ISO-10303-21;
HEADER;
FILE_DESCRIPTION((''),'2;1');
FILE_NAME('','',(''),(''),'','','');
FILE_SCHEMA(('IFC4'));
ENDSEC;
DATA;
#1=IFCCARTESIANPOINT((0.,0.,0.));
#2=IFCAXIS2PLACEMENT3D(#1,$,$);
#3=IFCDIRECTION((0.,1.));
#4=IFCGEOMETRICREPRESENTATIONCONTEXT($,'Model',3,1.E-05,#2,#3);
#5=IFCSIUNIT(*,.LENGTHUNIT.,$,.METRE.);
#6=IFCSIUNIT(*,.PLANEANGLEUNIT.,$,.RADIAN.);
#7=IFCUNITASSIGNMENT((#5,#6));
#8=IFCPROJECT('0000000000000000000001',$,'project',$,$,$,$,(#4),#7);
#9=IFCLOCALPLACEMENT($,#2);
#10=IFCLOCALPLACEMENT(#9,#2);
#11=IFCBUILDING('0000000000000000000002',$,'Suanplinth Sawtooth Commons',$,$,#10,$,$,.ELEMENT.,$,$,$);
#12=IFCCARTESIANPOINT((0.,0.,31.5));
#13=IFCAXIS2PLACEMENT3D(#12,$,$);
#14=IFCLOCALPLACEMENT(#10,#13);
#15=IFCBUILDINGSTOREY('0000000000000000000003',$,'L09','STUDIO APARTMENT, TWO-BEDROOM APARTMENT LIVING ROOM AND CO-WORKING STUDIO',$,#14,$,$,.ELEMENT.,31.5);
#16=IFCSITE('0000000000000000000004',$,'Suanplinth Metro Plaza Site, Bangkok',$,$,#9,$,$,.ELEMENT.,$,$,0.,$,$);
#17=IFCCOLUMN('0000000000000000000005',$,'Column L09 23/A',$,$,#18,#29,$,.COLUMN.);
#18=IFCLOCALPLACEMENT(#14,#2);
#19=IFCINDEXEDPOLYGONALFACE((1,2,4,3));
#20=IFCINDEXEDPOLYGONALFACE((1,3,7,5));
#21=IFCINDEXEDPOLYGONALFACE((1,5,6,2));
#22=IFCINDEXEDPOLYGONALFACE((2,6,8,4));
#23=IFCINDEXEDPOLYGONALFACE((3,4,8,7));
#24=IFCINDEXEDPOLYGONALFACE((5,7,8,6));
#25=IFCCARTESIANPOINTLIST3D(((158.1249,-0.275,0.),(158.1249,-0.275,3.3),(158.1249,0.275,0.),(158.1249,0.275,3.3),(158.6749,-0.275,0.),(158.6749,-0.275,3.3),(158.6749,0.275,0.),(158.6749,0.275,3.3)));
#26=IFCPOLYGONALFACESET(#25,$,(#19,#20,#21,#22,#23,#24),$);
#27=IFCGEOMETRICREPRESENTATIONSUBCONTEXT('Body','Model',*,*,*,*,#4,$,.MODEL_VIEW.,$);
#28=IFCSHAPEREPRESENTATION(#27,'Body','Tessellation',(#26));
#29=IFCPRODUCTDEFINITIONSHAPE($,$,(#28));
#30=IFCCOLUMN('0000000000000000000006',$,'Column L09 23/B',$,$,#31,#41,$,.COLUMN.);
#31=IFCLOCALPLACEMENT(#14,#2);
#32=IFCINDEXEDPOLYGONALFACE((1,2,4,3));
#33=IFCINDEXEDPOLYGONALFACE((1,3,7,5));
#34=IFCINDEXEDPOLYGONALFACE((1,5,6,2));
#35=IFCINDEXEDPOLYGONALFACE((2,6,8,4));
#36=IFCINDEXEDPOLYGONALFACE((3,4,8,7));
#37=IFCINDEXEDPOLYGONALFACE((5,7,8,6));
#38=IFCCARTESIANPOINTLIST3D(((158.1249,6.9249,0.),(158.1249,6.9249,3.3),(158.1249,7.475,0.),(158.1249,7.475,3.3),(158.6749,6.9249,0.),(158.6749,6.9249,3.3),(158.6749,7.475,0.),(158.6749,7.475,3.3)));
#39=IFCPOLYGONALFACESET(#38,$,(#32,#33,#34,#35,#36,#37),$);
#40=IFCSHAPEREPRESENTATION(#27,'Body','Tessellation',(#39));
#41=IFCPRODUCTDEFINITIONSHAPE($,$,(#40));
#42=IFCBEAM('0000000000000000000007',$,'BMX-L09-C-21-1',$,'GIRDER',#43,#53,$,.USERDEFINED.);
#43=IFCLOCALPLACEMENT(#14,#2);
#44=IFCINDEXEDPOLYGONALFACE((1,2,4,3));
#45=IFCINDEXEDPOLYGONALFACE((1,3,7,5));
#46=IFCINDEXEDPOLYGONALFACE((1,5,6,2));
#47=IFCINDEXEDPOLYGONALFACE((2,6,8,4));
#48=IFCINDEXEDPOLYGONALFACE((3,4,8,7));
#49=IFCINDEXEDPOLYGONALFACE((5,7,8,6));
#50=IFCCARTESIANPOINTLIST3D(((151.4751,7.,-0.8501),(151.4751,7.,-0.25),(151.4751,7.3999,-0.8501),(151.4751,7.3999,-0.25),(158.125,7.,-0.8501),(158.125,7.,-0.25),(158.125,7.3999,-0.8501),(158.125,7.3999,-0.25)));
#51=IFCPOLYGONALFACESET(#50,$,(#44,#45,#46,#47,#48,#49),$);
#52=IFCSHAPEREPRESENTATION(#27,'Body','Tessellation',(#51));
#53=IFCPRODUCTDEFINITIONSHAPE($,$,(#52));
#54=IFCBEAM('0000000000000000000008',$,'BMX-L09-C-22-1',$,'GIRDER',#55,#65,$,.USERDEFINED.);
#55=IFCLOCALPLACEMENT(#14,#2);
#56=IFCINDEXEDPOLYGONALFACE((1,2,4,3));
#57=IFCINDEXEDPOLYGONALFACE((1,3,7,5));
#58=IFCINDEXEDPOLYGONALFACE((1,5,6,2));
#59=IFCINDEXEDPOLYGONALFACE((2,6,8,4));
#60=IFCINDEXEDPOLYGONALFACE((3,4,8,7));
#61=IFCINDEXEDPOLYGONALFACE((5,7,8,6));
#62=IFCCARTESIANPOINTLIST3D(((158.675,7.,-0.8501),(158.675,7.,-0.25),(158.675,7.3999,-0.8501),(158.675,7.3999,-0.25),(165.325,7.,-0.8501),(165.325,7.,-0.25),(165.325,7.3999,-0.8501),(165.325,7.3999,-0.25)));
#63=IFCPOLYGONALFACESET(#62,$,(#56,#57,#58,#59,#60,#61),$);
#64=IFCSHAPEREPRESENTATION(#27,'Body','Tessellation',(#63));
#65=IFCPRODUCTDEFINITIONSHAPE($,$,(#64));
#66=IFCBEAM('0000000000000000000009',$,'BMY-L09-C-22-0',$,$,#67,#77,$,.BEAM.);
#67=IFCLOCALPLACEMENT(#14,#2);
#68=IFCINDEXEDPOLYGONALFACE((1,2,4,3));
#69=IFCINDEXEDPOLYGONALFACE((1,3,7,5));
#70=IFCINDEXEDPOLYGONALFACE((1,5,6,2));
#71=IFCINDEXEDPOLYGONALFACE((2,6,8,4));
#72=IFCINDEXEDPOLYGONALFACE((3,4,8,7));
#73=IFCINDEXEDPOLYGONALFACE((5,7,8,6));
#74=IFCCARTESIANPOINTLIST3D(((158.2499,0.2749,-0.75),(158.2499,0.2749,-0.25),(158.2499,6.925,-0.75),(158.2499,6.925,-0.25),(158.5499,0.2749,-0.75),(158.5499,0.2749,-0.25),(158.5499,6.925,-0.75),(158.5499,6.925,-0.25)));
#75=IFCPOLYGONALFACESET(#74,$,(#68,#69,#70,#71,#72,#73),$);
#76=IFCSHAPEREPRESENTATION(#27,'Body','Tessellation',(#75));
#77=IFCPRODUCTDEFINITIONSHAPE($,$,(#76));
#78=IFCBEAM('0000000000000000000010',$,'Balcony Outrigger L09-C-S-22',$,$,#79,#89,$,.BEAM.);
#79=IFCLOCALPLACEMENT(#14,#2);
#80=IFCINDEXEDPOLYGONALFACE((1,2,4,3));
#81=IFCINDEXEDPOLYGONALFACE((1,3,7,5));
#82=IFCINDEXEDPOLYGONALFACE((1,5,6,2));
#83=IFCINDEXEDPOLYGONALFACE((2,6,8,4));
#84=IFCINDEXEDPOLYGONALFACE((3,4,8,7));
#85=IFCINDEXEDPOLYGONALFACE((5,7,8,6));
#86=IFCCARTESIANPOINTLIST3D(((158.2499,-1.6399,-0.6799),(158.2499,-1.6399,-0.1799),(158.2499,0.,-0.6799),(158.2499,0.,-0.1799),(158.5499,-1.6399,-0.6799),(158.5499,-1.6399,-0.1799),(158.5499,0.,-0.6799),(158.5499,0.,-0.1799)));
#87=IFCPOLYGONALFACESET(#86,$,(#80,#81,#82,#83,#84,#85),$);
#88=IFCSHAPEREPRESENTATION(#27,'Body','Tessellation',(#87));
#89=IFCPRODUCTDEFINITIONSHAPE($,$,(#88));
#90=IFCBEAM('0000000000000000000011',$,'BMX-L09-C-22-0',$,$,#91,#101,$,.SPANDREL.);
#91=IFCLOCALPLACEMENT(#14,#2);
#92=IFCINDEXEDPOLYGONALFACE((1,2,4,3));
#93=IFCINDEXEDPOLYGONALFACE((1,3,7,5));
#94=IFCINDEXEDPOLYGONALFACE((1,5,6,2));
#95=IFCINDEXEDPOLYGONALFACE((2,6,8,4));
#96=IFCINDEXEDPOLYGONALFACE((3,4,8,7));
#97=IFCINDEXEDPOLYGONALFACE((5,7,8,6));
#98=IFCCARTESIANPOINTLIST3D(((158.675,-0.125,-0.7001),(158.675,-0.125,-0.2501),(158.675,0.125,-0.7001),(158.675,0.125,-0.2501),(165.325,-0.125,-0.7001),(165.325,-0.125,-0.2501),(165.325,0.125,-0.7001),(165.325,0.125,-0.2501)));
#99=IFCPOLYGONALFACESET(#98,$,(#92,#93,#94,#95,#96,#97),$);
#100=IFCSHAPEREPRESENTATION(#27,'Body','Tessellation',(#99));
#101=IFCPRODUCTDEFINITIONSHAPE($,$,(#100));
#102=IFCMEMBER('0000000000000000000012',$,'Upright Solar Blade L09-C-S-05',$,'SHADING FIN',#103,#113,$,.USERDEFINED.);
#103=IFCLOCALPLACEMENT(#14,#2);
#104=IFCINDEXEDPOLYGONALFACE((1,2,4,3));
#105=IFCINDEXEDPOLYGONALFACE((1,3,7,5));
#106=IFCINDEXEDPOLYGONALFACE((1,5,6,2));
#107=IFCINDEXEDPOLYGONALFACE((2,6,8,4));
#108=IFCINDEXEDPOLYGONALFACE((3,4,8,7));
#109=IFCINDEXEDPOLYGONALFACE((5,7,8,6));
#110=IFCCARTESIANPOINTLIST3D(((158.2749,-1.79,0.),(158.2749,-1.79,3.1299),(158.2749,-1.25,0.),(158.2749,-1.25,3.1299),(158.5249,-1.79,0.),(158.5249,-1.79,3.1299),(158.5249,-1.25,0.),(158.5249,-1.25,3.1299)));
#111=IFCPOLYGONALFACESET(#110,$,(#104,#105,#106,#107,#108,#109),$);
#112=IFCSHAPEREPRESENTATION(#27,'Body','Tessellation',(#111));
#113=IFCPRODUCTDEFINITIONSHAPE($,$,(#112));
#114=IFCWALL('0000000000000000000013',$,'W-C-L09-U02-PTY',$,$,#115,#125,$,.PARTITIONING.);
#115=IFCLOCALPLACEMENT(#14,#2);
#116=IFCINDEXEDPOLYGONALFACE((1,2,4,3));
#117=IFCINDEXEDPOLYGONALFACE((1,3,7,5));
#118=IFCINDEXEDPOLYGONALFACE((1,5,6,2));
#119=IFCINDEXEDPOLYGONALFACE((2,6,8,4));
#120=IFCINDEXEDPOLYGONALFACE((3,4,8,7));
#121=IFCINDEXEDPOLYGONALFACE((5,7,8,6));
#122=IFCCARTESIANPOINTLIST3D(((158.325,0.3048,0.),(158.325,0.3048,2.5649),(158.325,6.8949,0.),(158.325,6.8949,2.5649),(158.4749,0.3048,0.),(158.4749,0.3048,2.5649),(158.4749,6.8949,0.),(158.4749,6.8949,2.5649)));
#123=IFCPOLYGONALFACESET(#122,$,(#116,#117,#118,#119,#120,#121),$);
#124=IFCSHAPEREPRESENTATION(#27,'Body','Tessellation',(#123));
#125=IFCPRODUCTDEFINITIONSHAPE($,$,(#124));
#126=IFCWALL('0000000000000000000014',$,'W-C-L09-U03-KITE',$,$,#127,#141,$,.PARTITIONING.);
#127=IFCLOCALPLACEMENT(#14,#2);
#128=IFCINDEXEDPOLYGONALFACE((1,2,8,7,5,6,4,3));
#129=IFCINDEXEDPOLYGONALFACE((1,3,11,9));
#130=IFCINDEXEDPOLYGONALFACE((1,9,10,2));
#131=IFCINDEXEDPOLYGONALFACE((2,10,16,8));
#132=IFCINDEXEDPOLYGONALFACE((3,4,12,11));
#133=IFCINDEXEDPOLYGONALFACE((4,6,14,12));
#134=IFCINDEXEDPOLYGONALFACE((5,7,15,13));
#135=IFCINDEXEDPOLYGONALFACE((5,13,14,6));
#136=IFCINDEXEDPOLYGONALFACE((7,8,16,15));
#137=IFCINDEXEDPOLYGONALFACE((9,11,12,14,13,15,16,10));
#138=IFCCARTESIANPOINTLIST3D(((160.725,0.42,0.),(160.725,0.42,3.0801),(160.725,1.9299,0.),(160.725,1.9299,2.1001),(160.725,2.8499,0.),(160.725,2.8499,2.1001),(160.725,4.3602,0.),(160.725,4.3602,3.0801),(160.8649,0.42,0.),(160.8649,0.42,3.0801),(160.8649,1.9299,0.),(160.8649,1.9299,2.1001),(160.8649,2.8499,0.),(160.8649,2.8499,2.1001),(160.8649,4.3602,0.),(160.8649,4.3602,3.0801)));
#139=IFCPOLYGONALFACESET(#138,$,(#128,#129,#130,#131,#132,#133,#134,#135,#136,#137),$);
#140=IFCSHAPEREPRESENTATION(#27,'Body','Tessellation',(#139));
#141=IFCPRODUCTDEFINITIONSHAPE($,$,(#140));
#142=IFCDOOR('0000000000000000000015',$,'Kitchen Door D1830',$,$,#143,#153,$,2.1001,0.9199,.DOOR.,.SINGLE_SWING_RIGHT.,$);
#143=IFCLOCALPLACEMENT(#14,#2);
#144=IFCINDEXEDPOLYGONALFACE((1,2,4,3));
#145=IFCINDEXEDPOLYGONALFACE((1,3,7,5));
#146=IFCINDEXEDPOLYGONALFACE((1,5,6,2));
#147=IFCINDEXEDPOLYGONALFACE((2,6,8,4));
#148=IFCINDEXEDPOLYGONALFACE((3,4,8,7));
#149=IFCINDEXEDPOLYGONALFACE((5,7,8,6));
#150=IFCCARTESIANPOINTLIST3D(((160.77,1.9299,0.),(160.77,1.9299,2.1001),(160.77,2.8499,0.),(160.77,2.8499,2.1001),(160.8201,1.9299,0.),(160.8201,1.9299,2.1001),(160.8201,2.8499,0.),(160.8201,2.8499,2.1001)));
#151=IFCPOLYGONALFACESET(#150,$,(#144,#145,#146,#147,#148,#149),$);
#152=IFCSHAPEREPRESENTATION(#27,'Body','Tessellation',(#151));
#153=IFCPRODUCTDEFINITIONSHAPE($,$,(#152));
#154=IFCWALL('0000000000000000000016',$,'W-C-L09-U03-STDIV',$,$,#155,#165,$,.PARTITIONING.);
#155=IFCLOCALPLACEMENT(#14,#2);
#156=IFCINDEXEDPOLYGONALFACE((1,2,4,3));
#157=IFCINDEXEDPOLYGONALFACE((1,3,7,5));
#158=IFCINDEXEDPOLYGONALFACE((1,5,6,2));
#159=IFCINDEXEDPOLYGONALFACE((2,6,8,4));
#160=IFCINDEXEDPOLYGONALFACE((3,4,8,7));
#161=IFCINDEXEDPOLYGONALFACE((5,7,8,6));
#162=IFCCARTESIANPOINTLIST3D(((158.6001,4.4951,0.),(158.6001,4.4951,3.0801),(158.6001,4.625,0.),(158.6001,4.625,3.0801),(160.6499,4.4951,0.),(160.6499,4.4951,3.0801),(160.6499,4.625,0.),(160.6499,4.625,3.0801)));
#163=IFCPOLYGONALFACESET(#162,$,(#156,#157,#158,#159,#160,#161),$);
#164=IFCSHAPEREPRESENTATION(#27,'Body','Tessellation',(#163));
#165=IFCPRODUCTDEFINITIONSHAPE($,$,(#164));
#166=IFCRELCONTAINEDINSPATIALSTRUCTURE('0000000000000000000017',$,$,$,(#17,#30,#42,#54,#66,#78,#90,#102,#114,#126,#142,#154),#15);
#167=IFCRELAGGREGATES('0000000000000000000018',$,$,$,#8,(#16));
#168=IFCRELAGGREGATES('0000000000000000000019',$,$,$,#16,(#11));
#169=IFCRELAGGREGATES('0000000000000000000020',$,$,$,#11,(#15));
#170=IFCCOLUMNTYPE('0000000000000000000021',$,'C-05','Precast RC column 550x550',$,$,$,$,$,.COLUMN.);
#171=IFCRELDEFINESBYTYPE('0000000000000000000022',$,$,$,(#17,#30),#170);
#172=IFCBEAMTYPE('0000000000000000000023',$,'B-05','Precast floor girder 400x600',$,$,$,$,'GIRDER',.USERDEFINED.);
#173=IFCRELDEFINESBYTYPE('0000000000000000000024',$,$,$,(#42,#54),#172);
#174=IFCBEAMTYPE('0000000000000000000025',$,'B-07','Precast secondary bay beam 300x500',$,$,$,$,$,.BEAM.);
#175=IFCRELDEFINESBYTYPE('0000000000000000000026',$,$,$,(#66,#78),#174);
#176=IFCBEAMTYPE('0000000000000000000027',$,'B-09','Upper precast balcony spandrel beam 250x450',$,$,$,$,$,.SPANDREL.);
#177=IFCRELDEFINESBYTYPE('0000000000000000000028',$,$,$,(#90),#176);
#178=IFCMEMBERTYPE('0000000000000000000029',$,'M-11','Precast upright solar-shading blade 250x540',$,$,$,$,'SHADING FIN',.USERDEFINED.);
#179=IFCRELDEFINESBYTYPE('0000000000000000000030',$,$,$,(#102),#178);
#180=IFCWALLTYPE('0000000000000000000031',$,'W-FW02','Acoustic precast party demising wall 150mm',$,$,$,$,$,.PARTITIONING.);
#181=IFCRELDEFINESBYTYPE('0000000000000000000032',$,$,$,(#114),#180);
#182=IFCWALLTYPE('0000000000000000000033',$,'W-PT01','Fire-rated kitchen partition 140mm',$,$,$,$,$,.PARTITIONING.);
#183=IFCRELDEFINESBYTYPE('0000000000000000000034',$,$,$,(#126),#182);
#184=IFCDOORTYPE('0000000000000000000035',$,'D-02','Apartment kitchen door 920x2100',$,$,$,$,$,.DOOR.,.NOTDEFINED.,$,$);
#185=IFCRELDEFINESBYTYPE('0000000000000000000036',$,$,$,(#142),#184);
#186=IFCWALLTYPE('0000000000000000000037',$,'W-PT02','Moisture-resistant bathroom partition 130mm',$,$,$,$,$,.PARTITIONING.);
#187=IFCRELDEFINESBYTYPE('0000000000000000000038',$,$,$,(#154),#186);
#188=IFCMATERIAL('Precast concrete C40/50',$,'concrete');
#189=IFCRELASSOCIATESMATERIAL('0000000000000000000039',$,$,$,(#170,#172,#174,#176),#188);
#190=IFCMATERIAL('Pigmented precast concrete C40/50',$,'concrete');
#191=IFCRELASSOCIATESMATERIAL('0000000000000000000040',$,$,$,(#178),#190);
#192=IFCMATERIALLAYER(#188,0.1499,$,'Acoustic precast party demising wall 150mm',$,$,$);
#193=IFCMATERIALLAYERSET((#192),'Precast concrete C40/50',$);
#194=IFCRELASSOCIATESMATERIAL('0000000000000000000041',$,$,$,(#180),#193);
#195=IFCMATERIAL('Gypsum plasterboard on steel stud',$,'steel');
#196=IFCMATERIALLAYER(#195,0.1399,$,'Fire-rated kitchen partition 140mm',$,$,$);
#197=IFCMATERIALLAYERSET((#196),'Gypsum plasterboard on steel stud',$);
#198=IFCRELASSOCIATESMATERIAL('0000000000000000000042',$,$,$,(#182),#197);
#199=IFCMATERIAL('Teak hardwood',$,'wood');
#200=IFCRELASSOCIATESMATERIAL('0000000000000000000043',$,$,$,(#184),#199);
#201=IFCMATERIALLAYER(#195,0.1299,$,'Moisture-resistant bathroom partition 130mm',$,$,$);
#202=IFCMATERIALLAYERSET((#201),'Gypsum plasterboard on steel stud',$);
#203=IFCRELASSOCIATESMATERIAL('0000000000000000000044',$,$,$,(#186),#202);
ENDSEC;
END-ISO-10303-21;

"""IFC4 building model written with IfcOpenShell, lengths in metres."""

from ifc_helpers import new_model, si_unit, direction, frame, frame_2d, origin, origin_2d, place, context, subcontext, project, spatial, rectangle, extrude, material, layer, layer_set, material_profile, profile_set, type_object, element, fill, save


model = new_model("IFC4")

# Units and contexts
model_context = context("Model", 3, precision=1e-05, world=origin(), true_north=direction((0.0, 1.0)))
body_context = subcontext(model_context, "Body", "Model", "MODEL_VIEW")
ifc_project = project(units=[si_unit("LENGTHUNIT", "METRE"), si_unit("PLANEANGLEUNIT", "RADIAN")], contexts=[model_context])

# Site, building, storey
site_placement = place(None, origin())
site = spatial("IfcSite", under=ifc_project, at=site_placement, Name="Suanplinth Metro Plaza Site, Bangkok", CompositionType="ELEMENT", RefElevation=0.0)
building_placement = place(site_placement, origin())
building = spatial("IfcBuilding", under=site, at=building_placement, Name="Suanplinth Sawtooth Commons", CompositionType="ELEMENT")
storey_placement = place(building_placement, frame((0.0, 0.0, 31.5)))
storey = spatial("IfcBuildingStorey", under=building, at=storey_placement, Name="L09", Description="STUDIO APARTMENT, TWO-BEDROOM APARTMENT LIVING ROOM AND CO-WORKING STUDIO", CompositionType="ELEMENT", Elevation=31.5)

# Columns
ifc_material_1 = material(Name="Precast concrete C40/50", Category="concrete")
ifc_material_profile_1 = material_profile(ifc_material_1, rectangle(XDim=0.55, YDim=0.55, at=origin_2d()), Name="PC-COL 550x550")
ifc_profile_set_1 = profile_set([ifc_material_profile_1], Name="Precast concrete C40/50")
column_type = type_object("IfcColumnType", Name="C-05", Description="Precast RC column 550x550", PredefinedType="COLUMN", material=ifc_profile_set_1)
for number, where, z_axis, x_axis, name in (
    (1, (158.3999, 0.0, 0.0), (0.0, 0.0, 1.0), (1.0, 0.0, 0.0), "Column L09 23/A"),
    (2, (158.3999, 7.2, 0.0), (0.0, 0.0, 1.0), (1.0, 0.0, 0.0), "Column L09 23/B"),
):
    element("IfcColumn", number, at=place(storey_placement, frame(where, z_axis=z_axis, x_axis=x_axis)), inside=storey, type_object=column_type, Name=name, PredefinedType="COLUMN", context=body_context, shape_type="SweptSolid", body=[
        extrude(rectangle(XDim=0.55, YDim=0.55, at=origin_2d()), origin(), (0.0, 0.0, 1.0), 3.3),
    ])

# Beams
ifc_material_profile_2 = material_profile(ifc_material_1, rectangle(XDim=0.3999, YDim=0.6001, at=origin_2d()), Name="PC-GDR 400x600")
ifc_profile_set_2 = profile_set([ifc_material_profile_2], Name="Precast concrete C40/50")
beam_type_1 = type_object("IfcBeamType", Name="B-05", Description="Precast floor girder 400x600", ElementType="GIRDER", PredefinedType="USERDEFINED", material=ifc_profile_set_2)
for number, where, z_axis, x_axis, name in (
    (3, (151.4751, 7.2, -0.55), (1.0, 0.0, 0.0), (0.0, 1.0, 0.0), "BMX-L09-C-21-1"),
    (4, (158.675, 7.2, -0.55), (1.0, 0.0, 0.0), (0.0, 1.0, 0.0), "BMX-L09-C-22-1"),
):
    element("IfcBeam", number, at=place(storey_placement, frame(where, z_axis=z_axis, x_axis=x_axis)), inside=storey, type_object=beam_type_1, Name=name, ObjectType="GIRDER", PredefinedType="USERDEFINED", context=body_context, shape_type="SweptSolid", body=[
        extrude(rectangle(XDim=0.3999, YDim=0.6001, at=origin_2d()), origin(), (0.0, 0.0, 1.0), 6.6499),
    ])
ifc_material_profile_3 = material_profile(ifc_material_1, rectangle(XDim=0.3, YDim=0.5, at=origin_2d()), Name="PC-BM 300x500")
ifc_profile_set_3 = profile_set([ifc_material_profile_3], Name="Precast concrete C40/50")
beam_type_2 = type_object("IfcBeamType", Name="B-07", Description="Precast secondary bay beam 300x500", PredefinedType="BEAM", material=ifc_profile_set_3)
beam_1_placement = place(storey_placement, frame((158.3999, 0.2749, -0.5), z_axis=(0.0, 1.0, 0.0), x_axis=(-1.0, 0.0, 0.0)))
element("IfcBeam", 5, at=beam_1_placement, inside=storey, type_object=beam_type_2, Name="BMY-L09-C-22-0", PredefinedType="BEAM", context=body_context, shape_type="SweptSolid", body=[
    extrude(rectangle(XDim=0.3, YDim=0.5, at=origin_2d()), origin(), (0.0, 0.0, 1.0), 6.6501),
])
beam_2_placement = place(storey_placement, frame((158.3999, 0.0, -0.4299), z_axis=(0.0, -1.0, 0.0), x_axis=(1.0, 0.0, 0.0)))
element("IfcBeam", 6, at=beam_2_placement, inside=storey, type_object=beam_type_2, Name="Balcony Outrigger L09-C-S-22", PredefinedType="BEAM", context=body_context, shape_type="SweptSolid", body=[
    extrude(rectangle(XDim=0.3, YDim=0.5, at=origin_2d()), origin(), (0.0, 0.0, 1.0), 1.6399),
])
ifc_material_profile_4 = material_profile(ifc_material_1, rectangle(XDim=0.25, YDim=0.45, at=origin_2d()), Name="PC-SP 250x450")
ifc_profile_set_4 = profile_set([ifc_material_profile_4], Name="Precast concrete C40/50")
beam_type_3 = type_object("IfcBeamType", Name="B-09", Description="Upper precast balcony spandrel beam 250x450", PredefinedType="SPANDREL", material=ifc_profile_set_4)
beam_3_placement = place(storey_placement, frame((158.675, 0.0, -0.4751), z_axis=(1.0, 0.0, 0.0), x_axis=(0.0, 1.0, 0.0)))
element("IfcBeam", 7, at=beam_3_placement, inside=storey, type_object=beam_type_3, Name="BMX-L09-C-22-0", PredefinedType="SPANDREL", context=body_context, shape_type="SweptSolid", body=[
    extrude(rectangle(XDim=0.25, YDim=0.45, at=origin_2d()), origin(), (0.0, 0.0, 1.0), 6.6499),
])

# Member
ifc_material_2 = material(Name="Pigmented precast concrete C40/50", Category="concrete")
ifc_material_profile_5 = material_profile(ifc_material_2, rectangle(XDim=0.25, YDim=0.54, at=origin_2d()), Name="PC-FIN 250x540")
ifc_profile_set_5 = profile_set([ifc_material_profile_5], Name="Pigmented precast concrete C40/50")
member_type = type_object("IfcMemberType", Name="M-11", Description="Precast upright solar-shading blade 250x540", ElementType="SHADING FIN", PredefinedType="USERDEFINED", material=ifc_profile_set_5)
member_placement = place(storey_placement, frame((158.3999, -1.52, 0.0), z_axis=(0.0, 0.0, 1.0), x_axis=(1.0, 0.0, 0.0)))
element("IfcMember", 8, at=member_placement, inside=storey, type_object=member_type, Name="Upright Solar Blade L09-C-S-05", ObjectType="SHADING FIN", PredefinedType="USERDEFINED", context=body_context, shape_type="SweptSolid", body=[
    extrude(rectangle(XDim=0.25, YDim=0.54, at=origin_2d()), origin(), (0.0, 0.0, 1.0), 3.1299),
])

# Wall
ifc_layer_1 = layer(ifc_material_1, 0.1499, Name="Acoustic precast party demising wall 150mm")
ifc_layer_set_1 = layer_set([ifc_layer_1], Name="Precast concrete C40/50")
wall_type_1 = type_object("IfcWallType", Name="W-FW02", Description="Acoustic precast party demising wall 150mm", PredefinedType="PARTITIONING", material=ifc_layer_set_1)
wall_1_placement = place(storey_placement, frame((158.3999, 0.3049, 0.0), z_axis=(0.0, 0.0, 1.0), x_axis=(0.0, 1.0, 0.0)))
element("IfcWall", 9, at=wall_1_placement, inside=storey, type_object=wall_type_1, Name="W-C-L09-U02-PTY", PredefinedType="PARTITIONING", context=body_context, shape_type="SweptSolid", body=[
    extrude(rectangle(XDim=6.5901, YDim=0.1499, at=frame_2d((3.2949, 0.0))), origin(), (0.0, 0.0, 1.0), 2.5649),
])

# Wall, opening, door
ifc_material_3 = material(Name="Gypsum plasterboard on steel stud", Category="steel")
ifc_layer_2 = layer(ifc_material_3, 0.1399, Name="Fire-rated kitchen partition 140mm")
ifc_layer_set_2 = layer_set([ifc_layer_2], Name="Gypsum plasterboard on steel stud")
wall_type_2 = type_object("IfcWallType", Name="W-PT01", Description="Fire-rated kitchen partition 140mm", PredefinedType="PARTITIONING", material=ifc_layer_set_2)
wall_2_placement = place(storey_placement, frame((160.7949, 0.4199, 0.0), z_axis=(0.0, 0.0, 1.0), x_axis=(0.0, 1.0, 0.0)))
wall_2 = element("IfcWall", 10, at=wall_2_placement, inside=storey, type_object=wall_type_2, Name="W-C-L09-U03-KITE", PredefinedType="PARTITIONING", context=body_context, shape_type="SweptSolid", body=[
    extrude(rectangle(XDim=3.9402, YDim=0.1399, at=frame_2d((1.9702, 0.0))), origin(), (0.0, 0.0, 1.0), 3.0801),
])
opening_1_placement = place(wall_2_placement, frame((1.51, 0.0, 0.0)))
opening_1 = element("IfcOpeningElement", 11, at=opening_1_placement, cuts=wall_2, PredefinedType="OPENING", context=body_context, shape_type="SweptSolid", body=[
    extrude(rectangle(XDim=0.9199, YDim=2.1001, at=frame_2d((0.46, 1.05))), frame((0.0, 0.085, 0.0), z_axis=(0.0, -1.0, 0.0), x_axis=(1.0, 0.0, 0.0)), (0.0, 0.0, 1.0), 0.1697),
])
ifc_material_4 = material(Name="Teak hardwood", Category="wood")
door_type_1 = type_object("IfcDoorType", Name="D-02", Description="Apartment kitchen door 920x2100", OperationType="NOTDEFINED", PredefinedType="DOOR", material=ifc_material_4)
door_1_placement = place(opening_1_placement, origin())
door_1 = element("IfcDoor", 12, at=door_1_placement, inside=storey, type_object=door_type_1, Name="Kitchen Door D1830", OperationType="SINGLE_SWING_RIGHT", OverallHeight=2.1001, OverallWidth=0.9199, PredefinedType="DOOR", context=body_context, shape_type="SweptSolid", body=[
    extrude(rectangle(XDim=0.9199, YDim=2.1001, at=frame_2d((0.46, 1.05))), frame((0.0, 0.0249, 0.0), z_axis=(0.0, -1.0, 0.0), x_axis=(1.0, 0.0, 0.0)), (0.0, 0.0, 1.0), 0.05),
])
fill(opening_1, door_1)

# Wall
ifc_layer_3 = layer(ifc_material_3, 0.1299, Name="Moisture-resistant bathroom partition 130mm")
ifc_layer_set_3 = layer_set([ifc_layer_3], Name="Gypsum plasterboard on steel stud")
wall_type_3 = type_object("IfcWallType", Name="W-PT02", Description="Moisture-resistant bathroom partition 130mm", PredefinedType="PARTITIONING", material=ifc_layer_set_3)
wall_3_placement = place(storey_placement, frame((158.6001, 4.5601, 0.0), z_axis=(0.0, 0.0, 1.0), x_axis=(1.0, 0.0, 0.0)))
element("IfcWall", 13, at=wall_3_placement, inside=storey, type_object=wall_type_3, Name="W-C-L09-U03-STDIV", PredefinedType="PARTITIONING", context=body_context, shape_type="SweptSolid", body=[
    extrude(rectangle(XDim=2.0498, YDim=0.1299, at=frame_2d((1.0249, 0.0))), origin(), (0.0, 0.0, 1.0), 3.0801),
])

save(model, "model.ifc")
